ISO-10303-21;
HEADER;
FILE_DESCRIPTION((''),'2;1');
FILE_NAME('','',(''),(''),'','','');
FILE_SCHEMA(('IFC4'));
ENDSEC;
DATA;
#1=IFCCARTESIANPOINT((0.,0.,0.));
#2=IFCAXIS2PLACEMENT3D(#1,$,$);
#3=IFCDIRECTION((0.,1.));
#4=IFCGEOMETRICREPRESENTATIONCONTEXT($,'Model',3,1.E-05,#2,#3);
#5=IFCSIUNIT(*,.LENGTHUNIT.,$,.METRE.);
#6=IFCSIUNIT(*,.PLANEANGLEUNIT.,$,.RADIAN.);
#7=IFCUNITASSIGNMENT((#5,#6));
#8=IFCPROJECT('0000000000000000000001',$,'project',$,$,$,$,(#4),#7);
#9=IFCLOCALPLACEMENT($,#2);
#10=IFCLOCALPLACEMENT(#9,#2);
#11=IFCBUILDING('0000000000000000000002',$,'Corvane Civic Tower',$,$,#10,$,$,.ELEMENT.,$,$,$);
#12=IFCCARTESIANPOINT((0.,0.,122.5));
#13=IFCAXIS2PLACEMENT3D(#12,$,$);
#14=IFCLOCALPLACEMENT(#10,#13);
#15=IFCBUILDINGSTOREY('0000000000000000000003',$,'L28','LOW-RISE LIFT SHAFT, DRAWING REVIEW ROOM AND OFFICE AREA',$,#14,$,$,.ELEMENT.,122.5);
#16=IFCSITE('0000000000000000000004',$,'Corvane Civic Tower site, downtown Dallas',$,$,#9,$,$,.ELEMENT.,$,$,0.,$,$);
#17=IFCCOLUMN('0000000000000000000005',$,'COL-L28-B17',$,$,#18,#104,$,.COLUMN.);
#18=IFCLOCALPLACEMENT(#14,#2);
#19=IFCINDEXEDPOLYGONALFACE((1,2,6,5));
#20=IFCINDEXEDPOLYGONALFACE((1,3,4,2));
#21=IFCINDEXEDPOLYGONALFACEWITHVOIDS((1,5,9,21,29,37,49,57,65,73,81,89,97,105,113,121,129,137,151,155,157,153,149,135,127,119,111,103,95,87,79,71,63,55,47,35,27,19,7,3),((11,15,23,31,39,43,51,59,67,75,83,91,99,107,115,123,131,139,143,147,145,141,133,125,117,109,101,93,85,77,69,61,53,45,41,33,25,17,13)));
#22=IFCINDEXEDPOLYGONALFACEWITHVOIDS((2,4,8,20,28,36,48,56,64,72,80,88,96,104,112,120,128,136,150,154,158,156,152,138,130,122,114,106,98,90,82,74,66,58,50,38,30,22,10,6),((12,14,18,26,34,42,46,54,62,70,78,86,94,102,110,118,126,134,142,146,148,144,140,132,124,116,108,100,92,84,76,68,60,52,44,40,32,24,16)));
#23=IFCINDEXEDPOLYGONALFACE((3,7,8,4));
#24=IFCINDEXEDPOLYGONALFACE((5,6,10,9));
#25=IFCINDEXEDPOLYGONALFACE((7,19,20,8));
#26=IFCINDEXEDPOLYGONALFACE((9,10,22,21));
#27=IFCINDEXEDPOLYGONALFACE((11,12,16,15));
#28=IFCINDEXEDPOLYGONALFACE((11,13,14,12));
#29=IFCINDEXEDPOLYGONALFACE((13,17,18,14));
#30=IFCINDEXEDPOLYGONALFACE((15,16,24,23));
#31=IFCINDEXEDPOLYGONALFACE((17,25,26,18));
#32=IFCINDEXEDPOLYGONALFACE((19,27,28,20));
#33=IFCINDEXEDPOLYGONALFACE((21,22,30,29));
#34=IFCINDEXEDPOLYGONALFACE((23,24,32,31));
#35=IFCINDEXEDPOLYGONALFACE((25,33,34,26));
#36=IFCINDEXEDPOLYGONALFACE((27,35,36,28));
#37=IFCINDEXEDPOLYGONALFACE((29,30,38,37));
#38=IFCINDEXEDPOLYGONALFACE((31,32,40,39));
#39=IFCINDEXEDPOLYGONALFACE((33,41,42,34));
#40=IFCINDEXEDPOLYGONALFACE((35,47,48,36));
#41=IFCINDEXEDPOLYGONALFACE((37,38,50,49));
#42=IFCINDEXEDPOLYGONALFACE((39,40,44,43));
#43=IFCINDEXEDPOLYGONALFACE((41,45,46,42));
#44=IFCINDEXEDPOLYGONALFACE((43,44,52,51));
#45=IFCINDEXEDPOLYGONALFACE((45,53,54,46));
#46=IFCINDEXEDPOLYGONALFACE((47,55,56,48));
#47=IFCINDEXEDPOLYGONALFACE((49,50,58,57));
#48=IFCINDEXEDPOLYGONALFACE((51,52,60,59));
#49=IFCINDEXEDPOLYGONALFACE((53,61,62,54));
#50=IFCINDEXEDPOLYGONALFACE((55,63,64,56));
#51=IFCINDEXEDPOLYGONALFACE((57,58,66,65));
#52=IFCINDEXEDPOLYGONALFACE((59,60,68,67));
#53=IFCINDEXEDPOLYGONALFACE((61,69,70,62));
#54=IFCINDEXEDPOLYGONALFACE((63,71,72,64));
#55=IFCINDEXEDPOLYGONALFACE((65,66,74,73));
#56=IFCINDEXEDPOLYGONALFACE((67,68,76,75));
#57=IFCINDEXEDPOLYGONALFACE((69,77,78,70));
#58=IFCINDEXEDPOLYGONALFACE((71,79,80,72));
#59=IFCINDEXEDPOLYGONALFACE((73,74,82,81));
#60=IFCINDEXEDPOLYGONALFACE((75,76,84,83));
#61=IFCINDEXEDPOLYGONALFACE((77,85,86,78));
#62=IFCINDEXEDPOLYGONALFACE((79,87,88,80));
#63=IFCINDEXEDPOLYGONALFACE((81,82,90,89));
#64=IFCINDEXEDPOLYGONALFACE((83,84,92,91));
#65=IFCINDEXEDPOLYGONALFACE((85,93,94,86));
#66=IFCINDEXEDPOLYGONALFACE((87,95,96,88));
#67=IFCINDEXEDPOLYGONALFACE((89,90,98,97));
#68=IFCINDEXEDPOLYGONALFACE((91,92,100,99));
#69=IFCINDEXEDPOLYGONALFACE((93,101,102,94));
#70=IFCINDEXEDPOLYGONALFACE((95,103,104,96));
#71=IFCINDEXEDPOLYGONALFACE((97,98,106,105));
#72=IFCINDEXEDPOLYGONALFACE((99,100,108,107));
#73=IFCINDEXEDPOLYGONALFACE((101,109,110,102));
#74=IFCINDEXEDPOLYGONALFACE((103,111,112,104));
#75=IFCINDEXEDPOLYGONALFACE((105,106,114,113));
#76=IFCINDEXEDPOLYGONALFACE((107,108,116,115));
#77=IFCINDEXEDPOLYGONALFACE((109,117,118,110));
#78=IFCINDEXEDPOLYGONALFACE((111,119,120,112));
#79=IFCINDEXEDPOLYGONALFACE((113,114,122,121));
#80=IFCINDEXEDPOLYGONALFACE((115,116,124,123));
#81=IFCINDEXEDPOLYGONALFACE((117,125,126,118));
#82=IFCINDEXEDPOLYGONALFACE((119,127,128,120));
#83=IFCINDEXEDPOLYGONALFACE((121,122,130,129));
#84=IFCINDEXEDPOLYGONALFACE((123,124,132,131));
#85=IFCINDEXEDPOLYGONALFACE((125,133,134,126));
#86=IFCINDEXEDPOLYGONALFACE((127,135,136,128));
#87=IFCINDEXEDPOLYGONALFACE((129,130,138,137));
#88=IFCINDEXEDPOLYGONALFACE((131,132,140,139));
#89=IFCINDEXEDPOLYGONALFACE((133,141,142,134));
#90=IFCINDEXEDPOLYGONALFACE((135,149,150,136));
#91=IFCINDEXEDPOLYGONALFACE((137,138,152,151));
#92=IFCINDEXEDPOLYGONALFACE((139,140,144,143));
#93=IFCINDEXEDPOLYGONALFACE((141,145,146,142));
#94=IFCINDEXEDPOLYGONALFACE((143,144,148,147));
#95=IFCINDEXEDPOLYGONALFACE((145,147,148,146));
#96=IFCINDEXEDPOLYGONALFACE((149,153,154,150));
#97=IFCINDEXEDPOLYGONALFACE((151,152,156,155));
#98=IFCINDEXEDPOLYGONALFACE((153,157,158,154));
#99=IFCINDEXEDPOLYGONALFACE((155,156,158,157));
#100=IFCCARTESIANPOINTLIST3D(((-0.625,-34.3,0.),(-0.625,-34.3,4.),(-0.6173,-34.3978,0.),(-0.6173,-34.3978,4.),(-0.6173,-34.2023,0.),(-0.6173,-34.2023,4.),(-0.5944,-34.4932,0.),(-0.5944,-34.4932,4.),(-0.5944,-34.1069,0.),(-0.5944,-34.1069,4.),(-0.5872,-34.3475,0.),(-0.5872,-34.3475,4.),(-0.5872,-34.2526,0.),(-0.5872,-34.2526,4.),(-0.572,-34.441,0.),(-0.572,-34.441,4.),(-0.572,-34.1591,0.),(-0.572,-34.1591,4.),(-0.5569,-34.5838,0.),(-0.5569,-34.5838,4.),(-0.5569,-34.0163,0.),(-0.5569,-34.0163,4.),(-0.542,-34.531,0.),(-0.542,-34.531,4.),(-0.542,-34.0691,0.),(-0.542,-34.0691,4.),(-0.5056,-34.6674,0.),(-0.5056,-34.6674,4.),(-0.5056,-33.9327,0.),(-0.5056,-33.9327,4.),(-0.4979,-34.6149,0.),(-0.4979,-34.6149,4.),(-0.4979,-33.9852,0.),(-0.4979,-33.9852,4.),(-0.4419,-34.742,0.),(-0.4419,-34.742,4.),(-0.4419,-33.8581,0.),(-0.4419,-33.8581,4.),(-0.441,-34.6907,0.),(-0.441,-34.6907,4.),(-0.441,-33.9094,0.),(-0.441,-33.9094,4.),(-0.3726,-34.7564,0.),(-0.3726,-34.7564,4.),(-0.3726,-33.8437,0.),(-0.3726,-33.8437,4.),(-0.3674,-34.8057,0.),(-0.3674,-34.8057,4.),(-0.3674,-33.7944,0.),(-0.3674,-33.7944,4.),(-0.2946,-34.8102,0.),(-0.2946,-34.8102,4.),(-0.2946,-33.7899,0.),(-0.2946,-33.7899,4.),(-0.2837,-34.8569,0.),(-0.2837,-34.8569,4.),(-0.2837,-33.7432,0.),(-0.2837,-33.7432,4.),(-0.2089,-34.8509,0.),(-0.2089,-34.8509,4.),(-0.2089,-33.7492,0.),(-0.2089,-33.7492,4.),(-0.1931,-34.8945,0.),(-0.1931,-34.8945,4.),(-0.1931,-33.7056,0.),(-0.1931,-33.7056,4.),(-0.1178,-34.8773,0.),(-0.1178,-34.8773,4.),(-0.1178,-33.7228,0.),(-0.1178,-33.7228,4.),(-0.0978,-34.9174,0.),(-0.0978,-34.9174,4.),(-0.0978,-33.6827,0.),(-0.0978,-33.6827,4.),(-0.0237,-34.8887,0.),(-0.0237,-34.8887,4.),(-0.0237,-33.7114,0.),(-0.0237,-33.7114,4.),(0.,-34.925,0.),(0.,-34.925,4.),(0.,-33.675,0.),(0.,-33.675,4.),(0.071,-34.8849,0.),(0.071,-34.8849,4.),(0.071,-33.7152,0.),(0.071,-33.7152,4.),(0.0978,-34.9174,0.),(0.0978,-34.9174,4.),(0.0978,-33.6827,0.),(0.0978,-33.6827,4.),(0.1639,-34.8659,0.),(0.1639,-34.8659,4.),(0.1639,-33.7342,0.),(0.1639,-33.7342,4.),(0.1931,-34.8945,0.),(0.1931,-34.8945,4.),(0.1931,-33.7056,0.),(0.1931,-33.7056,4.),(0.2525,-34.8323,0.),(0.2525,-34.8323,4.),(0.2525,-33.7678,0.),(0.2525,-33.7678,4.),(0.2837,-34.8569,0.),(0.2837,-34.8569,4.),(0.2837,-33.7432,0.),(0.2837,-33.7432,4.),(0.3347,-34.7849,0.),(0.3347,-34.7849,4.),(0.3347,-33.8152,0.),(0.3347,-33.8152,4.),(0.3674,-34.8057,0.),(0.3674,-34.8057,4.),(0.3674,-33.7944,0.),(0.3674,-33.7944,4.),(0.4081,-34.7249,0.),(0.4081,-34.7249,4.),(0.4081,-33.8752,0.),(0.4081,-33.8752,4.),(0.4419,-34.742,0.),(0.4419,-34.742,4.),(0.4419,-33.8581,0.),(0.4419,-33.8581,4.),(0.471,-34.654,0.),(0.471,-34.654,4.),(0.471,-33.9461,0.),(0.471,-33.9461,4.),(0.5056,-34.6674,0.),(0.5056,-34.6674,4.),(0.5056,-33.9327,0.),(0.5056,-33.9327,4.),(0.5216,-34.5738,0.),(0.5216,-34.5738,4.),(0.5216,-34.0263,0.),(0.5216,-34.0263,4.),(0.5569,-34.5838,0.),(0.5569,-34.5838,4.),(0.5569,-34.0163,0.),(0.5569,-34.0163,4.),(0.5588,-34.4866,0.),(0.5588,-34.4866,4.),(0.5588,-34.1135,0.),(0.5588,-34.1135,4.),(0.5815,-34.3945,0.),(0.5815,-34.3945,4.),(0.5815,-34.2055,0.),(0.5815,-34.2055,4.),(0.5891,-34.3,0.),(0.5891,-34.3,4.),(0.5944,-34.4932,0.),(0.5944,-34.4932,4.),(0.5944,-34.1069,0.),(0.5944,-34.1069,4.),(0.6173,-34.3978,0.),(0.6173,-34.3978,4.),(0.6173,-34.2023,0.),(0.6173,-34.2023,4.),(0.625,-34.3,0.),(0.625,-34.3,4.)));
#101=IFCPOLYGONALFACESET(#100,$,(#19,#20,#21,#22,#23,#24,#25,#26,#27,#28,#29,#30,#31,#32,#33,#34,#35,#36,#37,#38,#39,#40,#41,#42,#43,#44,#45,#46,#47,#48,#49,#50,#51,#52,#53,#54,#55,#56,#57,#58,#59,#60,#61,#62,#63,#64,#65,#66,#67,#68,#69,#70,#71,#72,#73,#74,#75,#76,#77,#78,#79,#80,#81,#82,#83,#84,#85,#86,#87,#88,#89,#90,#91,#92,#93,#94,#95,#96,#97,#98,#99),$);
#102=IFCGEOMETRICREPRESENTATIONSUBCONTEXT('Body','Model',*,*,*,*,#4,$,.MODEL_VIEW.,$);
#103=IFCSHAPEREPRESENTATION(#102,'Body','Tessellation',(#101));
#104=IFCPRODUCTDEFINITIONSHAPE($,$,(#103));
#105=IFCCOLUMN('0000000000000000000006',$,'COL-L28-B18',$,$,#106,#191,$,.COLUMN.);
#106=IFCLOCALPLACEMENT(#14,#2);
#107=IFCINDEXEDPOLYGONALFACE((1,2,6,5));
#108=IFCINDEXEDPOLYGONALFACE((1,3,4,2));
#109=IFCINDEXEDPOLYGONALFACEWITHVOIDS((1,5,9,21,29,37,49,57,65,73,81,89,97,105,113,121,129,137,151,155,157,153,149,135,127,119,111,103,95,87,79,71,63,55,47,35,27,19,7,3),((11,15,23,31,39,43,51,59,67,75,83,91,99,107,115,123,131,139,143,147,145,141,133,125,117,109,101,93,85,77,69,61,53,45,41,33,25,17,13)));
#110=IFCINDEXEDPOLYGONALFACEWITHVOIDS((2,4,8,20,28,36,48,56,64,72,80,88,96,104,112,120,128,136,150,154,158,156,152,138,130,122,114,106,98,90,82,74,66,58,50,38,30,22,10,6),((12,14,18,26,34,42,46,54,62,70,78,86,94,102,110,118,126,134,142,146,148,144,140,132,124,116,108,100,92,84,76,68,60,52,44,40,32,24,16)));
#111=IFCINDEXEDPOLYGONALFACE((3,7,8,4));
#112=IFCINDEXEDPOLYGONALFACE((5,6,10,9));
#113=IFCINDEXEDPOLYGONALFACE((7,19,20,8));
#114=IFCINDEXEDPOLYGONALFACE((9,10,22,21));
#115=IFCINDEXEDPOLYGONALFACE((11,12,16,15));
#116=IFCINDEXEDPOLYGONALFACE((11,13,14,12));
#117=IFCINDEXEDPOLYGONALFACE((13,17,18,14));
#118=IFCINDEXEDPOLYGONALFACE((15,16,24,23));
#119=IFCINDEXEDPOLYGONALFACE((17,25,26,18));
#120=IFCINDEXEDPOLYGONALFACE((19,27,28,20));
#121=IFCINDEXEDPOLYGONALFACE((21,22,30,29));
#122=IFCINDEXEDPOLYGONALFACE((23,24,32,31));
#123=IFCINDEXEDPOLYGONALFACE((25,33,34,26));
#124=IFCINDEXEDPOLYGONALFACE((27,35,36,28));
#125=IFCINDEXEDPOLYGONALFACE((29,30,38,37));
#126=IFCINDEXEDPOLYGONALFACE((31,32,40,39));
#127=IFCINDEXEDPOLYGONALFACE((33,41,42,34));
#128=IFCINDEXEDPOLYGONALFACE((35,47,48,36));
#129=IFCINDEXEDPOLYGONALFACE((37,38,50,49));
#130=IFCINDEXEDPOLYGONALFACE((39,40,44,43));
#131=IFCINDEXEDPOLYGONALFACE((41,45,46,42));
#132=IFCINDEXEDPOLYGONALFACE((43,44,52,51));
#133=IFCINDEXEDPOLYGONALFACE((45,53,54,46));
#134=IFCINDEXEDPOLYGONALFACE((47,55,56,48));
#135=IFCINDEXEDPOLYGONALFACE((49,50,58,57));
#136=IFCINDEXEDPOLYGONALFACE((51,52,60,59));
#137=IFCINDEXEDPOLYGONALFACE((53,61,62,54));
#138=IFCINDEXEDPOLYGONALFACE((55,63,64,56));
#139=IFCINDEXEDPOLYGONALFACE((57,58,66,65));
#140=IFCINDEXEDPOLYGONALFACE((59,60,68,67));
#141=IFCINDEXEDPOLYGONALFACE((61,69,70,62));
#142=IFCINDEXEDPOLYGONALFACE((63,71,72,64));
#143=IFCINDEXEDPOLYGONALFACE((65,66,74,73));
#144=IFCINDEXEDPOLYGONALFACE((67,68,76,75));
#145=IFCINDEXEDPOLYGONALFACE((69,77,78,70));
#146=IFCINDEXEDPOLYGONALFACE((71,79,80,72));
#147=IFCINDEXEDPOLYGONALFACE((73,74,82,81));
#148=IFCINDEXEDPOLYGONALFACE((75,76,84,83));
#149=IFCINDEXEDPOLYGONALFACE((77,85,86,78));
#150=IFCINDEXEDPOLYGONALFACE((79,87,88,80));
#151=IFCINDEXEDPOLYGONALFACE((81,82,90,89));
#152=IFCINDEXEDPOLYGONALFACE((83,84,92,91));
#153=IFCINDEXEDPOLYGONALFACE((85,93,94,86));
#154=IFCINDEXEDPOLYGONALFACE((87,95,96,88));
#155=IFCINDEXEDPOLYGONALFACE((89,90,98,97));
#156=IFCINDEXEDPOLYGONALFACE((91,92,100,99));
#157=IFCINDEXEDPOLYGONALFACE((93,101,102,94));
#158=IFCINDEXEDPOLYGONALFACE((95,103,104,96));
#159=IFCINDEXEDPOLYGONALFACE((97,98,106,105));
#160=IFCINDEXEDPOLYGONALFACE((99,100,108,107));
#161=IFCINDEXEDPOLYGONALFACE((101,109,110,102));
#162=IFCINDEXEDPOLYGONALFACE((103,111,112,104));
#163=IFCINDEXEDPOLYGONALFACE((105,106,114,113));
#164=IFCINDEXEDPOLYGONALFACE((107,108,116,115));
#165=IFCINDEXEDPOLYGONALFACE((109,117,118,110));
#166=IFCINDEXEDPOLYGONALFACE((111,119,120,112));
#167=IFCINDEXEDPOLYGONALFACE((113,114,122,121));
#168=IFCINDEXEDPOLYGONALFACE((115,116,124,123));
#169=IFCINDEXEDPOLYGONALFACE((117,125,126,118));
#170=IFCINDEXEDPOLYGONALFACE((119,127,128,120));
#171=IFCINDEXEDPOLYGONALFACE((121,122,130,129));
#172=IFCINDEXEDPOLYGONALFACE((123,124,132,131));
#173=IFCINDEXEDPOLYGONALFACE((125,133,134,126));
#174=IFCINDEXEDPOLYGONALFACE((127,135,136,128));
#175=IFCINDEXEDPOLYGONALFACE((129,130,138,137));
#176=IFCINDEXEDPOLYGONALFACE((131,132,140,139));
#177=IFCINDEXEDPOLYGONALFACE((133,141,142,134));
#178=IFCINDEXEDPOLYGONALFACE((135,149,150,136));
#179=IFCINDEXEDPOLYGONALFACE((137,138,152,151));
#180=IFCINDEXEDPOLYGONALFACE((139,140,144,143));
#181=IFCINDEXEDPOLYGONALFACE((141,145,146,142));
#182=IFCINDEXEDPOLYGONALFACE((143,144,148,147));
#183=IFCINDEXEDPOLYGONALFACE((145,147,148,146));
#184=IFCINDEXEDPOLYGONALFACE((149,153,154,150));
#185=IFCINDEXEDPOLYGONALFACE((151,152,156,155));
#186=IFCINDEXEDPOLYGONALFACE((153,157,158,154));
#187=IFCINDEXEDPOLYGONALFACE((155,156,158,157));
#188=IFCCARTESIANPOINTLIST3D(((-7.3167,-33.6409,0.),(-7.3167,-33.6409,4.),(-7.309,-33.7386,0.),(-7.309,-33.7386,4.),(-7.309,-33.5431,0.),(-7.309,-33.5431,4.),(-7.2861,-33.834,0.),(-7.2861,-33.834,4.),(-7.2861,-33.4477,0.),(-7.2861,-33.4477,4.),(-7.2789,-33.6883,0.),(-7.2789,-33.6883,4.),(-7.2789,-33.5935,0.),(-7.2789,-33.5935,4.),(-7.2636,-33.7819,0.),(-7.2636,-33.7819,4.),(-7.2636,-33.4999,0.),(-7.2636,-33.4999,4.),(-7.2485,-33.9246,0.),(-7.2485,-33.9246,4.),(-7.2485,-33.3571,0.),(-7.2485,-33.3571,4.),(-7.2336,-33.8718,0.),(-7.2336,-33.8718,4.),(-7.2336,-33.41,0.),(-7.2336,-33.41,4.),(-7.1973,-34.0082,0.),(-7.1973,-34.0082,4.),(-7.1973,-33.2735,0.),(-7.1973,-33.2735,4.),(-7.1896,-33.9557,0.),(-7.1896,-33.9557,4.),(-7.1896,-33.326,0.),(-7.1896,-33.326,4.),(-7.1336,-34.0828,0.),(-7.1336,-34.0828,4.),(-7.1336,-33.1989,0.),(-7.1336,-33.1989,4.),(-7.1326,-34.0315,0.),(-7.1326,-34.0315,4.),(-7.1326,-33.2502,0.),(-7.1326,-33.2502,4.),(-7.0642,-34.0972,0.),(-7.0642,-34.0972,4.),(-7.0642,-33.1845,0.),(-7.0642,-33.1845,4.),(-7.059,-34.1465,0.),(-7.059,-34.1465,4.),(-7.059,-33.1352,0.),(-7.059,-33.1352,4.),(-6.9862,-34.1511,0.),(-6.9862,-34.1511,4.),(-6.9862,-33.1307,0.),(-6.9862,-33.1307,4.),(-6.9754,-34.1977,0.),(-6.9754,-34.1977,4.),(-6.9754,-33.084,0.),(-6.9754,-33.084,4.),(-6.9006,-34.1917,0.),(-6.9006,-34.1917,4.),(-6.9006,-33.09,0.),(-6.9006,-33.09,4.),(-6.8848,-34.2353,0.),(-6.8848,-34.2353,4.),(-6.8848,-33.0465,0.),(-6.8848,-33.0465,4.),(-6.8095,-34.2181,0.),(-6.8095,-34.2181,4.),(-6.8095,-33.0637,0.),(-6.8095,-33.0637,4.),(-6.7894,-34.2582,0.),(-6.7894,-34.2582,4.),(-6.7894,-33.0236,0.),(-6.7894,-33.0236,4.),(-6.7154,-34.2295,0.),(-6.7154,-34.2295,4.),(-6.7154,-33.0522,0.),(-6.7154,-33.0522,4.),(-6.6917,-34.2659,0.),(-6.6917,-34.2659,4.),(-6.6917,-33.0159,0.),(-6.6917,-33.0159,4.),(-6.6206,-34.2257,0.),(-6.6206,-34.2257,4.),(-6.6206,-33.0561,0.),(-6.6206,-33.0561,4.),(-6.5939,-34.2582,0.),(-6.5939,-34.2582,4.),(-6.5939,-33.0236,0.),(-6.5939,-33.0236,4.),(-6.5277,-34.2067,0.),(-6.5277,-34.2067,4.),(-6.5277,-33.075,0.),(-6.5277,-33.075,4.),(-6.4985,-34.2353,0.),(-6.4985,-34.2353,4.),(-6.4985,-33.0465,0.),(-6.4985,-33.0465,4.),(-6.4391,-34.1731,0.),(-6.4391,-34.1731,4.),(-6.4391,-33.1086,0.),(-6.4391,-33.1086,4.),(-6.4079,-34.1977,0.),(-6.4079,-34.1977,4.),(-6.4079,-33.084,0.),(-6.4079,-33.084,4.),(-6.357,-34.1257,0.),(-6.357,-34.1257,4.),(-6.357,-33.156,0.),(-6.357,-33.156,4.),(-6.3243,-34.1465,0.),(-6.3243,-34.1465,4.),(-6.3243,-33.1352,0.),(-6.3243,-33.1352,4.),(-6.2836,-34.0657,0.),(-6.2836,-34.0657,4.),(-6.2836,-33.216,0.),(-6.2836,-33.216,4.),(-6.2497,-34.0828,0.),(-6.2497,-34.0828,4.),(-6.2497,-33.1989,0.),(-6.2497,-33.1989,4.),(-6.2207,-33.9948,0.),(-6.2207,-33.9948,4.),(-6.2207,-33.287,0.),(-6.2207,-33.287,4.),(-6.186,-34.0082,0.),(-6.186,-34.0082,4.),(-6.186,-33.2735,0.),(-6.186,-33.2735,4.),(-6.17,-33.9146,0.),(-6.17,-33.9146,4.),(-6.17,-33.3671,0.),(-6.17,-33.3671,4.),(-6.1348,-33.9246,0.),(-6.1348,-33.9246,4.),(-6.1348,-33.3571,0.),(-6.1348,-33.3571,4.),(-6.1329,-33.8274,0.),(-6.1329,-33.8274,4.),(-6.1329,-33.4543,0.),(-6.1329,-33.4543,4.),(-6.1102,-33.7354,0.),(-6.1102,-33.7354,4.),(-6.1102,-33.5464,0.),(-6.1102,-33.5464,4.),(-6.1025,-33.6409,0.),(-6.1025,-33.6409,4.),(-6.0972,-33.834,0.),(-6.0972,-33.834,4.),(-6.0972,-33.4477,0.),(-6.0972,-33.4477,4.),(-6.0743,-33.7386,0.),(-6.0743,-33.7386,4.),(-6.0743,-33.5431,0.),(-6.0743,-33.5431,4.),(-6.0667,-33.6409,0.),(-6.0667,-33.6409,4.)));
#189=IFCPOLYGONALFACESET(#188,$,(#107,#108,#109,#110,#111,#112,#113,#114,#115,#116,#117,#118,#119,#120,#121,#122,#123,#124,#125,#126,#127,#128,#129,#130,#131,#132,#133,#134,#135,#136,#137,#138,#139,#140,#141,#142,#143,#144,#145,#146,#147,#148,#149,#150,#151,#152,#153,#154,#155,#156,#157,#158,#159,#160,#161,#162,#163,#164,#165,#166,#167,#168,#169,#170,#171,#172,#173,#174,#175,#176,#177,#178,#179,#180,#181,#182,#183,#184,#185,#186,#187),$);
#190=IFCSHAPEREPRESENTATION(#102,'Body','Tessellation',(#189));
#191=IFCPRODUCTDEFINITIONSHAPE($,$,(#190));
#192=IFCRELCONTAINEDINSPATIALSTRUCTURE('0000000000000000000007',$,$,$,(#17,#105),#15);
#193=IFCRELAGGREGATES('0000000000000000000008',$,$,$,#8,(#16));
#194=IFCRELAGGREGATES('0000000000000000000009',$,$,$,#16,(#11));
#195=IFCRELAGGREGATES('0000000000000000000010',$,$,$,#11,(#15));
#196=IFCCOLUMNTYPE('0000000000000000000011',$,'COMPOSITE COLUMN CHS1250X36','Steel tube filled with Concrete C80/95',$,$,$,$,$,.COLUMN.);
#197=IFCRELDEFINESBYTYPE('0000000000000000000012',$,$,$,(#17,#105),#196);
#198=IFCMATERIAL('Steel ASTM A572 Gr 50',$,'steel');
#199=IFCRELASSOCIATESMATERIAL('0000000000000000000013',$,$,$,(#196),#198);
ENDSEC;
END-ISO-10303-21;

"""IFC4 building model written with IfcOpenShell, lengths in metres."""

from ifc_helpers import new_model, si_unit, direction, frame, origin, origin_2d, place, context, subcontext, project, spatial, hollow_circle, extrude, material, material_profile, profile_set, type_object, element, save


model = new_model("IFC4")

# Units and contexts
model_context = context("Model", 3, precision=1e-05, world=origin(), true_north=direction((0.0, 1.0)))
body_context = subcontext(model_context, "Body", "Model", "MODEL_VIEW")
ifc_project = project(units=[si_unit("LENGTHUNIT", "METRE"), si_unit("PLANEANGLEUNIT", "RADIAN")], contexts=[model_context])

# Site, building, storey
site_placement = place(None, origin())
site = spatial("IfcSite", under=ifc_project, at=site_placement, Name="Corvane Civic Tower site, downtown Dallas", CompositionType="ELEMENT", RefElevation=0.0)
building_placement = place(site_placement, origin())
building = spatial("IfcBuilding", under=site, at=building_placement, Name="Corvane Civic Tower", CompositionType="ELEMENT")
storey_placement = place(building_placement, frame((0.0, 0.0, 122.5)))
storey = spatial("IfcBuildingStorey", under=building, at=storey_placement, Name="L28", Description="LOW-RISE LIFT SHAFT, DRAWING REVIEW ROOM AND OFFICE AREA", CompositionType="ELEMENT", Elevation=122.5)

# Columns
ifc_material_1 = material(Name="Steel ASTM A572 Gr 50", Category="steel")
ifc_material_profile_1 = material_profile(ifc_material_1, hollow_circle(Radius=0.625, WallThickness=0.0359, at=origin_2d()), Name="CHS1250X36")
ifc_profile_set_1 = profile_set([ifc_material_profile_1], Name="Steel ASTM A572 Gr 50")
column_type = type_object("IfcColumnType", Name="COMPOSITE COLUMN CHS1250X36", Description="Steel tube filled with Concrete C80/95", PredefinedType="COLUMN", material=ifc_profile_set_1)
for number, where, z_axis, x_axis, name in (
    (1, (0.0, -34.3, 0.0), (0.0, 0.0, 1.0), (1.0, 0.0, 0.0), "COL-L28-B17"),
    (2, (-6.6917, -33.6409, 0.0), (0.0, 0.0, 1.0), (1.0, 0.0, 0.0), "COL-L28-B18"),
):
    element("IfcColumn", number, at=place(storey_placement, frame(where, z_axis=z_axis, x_axis=x_axis)), inside=storey, type_object=column_type, Name=name, PredefinedType="COLUMN", context=body_context, shape_type="SweptSolid", body=[
        extrude(hollow_circle(Radius=0.625, WallThickness=0.0359, at=origin_2d()), origin(), (0.0, 0.0, 1.0), 4.0),
    ])

save(model, "model.ifc")
